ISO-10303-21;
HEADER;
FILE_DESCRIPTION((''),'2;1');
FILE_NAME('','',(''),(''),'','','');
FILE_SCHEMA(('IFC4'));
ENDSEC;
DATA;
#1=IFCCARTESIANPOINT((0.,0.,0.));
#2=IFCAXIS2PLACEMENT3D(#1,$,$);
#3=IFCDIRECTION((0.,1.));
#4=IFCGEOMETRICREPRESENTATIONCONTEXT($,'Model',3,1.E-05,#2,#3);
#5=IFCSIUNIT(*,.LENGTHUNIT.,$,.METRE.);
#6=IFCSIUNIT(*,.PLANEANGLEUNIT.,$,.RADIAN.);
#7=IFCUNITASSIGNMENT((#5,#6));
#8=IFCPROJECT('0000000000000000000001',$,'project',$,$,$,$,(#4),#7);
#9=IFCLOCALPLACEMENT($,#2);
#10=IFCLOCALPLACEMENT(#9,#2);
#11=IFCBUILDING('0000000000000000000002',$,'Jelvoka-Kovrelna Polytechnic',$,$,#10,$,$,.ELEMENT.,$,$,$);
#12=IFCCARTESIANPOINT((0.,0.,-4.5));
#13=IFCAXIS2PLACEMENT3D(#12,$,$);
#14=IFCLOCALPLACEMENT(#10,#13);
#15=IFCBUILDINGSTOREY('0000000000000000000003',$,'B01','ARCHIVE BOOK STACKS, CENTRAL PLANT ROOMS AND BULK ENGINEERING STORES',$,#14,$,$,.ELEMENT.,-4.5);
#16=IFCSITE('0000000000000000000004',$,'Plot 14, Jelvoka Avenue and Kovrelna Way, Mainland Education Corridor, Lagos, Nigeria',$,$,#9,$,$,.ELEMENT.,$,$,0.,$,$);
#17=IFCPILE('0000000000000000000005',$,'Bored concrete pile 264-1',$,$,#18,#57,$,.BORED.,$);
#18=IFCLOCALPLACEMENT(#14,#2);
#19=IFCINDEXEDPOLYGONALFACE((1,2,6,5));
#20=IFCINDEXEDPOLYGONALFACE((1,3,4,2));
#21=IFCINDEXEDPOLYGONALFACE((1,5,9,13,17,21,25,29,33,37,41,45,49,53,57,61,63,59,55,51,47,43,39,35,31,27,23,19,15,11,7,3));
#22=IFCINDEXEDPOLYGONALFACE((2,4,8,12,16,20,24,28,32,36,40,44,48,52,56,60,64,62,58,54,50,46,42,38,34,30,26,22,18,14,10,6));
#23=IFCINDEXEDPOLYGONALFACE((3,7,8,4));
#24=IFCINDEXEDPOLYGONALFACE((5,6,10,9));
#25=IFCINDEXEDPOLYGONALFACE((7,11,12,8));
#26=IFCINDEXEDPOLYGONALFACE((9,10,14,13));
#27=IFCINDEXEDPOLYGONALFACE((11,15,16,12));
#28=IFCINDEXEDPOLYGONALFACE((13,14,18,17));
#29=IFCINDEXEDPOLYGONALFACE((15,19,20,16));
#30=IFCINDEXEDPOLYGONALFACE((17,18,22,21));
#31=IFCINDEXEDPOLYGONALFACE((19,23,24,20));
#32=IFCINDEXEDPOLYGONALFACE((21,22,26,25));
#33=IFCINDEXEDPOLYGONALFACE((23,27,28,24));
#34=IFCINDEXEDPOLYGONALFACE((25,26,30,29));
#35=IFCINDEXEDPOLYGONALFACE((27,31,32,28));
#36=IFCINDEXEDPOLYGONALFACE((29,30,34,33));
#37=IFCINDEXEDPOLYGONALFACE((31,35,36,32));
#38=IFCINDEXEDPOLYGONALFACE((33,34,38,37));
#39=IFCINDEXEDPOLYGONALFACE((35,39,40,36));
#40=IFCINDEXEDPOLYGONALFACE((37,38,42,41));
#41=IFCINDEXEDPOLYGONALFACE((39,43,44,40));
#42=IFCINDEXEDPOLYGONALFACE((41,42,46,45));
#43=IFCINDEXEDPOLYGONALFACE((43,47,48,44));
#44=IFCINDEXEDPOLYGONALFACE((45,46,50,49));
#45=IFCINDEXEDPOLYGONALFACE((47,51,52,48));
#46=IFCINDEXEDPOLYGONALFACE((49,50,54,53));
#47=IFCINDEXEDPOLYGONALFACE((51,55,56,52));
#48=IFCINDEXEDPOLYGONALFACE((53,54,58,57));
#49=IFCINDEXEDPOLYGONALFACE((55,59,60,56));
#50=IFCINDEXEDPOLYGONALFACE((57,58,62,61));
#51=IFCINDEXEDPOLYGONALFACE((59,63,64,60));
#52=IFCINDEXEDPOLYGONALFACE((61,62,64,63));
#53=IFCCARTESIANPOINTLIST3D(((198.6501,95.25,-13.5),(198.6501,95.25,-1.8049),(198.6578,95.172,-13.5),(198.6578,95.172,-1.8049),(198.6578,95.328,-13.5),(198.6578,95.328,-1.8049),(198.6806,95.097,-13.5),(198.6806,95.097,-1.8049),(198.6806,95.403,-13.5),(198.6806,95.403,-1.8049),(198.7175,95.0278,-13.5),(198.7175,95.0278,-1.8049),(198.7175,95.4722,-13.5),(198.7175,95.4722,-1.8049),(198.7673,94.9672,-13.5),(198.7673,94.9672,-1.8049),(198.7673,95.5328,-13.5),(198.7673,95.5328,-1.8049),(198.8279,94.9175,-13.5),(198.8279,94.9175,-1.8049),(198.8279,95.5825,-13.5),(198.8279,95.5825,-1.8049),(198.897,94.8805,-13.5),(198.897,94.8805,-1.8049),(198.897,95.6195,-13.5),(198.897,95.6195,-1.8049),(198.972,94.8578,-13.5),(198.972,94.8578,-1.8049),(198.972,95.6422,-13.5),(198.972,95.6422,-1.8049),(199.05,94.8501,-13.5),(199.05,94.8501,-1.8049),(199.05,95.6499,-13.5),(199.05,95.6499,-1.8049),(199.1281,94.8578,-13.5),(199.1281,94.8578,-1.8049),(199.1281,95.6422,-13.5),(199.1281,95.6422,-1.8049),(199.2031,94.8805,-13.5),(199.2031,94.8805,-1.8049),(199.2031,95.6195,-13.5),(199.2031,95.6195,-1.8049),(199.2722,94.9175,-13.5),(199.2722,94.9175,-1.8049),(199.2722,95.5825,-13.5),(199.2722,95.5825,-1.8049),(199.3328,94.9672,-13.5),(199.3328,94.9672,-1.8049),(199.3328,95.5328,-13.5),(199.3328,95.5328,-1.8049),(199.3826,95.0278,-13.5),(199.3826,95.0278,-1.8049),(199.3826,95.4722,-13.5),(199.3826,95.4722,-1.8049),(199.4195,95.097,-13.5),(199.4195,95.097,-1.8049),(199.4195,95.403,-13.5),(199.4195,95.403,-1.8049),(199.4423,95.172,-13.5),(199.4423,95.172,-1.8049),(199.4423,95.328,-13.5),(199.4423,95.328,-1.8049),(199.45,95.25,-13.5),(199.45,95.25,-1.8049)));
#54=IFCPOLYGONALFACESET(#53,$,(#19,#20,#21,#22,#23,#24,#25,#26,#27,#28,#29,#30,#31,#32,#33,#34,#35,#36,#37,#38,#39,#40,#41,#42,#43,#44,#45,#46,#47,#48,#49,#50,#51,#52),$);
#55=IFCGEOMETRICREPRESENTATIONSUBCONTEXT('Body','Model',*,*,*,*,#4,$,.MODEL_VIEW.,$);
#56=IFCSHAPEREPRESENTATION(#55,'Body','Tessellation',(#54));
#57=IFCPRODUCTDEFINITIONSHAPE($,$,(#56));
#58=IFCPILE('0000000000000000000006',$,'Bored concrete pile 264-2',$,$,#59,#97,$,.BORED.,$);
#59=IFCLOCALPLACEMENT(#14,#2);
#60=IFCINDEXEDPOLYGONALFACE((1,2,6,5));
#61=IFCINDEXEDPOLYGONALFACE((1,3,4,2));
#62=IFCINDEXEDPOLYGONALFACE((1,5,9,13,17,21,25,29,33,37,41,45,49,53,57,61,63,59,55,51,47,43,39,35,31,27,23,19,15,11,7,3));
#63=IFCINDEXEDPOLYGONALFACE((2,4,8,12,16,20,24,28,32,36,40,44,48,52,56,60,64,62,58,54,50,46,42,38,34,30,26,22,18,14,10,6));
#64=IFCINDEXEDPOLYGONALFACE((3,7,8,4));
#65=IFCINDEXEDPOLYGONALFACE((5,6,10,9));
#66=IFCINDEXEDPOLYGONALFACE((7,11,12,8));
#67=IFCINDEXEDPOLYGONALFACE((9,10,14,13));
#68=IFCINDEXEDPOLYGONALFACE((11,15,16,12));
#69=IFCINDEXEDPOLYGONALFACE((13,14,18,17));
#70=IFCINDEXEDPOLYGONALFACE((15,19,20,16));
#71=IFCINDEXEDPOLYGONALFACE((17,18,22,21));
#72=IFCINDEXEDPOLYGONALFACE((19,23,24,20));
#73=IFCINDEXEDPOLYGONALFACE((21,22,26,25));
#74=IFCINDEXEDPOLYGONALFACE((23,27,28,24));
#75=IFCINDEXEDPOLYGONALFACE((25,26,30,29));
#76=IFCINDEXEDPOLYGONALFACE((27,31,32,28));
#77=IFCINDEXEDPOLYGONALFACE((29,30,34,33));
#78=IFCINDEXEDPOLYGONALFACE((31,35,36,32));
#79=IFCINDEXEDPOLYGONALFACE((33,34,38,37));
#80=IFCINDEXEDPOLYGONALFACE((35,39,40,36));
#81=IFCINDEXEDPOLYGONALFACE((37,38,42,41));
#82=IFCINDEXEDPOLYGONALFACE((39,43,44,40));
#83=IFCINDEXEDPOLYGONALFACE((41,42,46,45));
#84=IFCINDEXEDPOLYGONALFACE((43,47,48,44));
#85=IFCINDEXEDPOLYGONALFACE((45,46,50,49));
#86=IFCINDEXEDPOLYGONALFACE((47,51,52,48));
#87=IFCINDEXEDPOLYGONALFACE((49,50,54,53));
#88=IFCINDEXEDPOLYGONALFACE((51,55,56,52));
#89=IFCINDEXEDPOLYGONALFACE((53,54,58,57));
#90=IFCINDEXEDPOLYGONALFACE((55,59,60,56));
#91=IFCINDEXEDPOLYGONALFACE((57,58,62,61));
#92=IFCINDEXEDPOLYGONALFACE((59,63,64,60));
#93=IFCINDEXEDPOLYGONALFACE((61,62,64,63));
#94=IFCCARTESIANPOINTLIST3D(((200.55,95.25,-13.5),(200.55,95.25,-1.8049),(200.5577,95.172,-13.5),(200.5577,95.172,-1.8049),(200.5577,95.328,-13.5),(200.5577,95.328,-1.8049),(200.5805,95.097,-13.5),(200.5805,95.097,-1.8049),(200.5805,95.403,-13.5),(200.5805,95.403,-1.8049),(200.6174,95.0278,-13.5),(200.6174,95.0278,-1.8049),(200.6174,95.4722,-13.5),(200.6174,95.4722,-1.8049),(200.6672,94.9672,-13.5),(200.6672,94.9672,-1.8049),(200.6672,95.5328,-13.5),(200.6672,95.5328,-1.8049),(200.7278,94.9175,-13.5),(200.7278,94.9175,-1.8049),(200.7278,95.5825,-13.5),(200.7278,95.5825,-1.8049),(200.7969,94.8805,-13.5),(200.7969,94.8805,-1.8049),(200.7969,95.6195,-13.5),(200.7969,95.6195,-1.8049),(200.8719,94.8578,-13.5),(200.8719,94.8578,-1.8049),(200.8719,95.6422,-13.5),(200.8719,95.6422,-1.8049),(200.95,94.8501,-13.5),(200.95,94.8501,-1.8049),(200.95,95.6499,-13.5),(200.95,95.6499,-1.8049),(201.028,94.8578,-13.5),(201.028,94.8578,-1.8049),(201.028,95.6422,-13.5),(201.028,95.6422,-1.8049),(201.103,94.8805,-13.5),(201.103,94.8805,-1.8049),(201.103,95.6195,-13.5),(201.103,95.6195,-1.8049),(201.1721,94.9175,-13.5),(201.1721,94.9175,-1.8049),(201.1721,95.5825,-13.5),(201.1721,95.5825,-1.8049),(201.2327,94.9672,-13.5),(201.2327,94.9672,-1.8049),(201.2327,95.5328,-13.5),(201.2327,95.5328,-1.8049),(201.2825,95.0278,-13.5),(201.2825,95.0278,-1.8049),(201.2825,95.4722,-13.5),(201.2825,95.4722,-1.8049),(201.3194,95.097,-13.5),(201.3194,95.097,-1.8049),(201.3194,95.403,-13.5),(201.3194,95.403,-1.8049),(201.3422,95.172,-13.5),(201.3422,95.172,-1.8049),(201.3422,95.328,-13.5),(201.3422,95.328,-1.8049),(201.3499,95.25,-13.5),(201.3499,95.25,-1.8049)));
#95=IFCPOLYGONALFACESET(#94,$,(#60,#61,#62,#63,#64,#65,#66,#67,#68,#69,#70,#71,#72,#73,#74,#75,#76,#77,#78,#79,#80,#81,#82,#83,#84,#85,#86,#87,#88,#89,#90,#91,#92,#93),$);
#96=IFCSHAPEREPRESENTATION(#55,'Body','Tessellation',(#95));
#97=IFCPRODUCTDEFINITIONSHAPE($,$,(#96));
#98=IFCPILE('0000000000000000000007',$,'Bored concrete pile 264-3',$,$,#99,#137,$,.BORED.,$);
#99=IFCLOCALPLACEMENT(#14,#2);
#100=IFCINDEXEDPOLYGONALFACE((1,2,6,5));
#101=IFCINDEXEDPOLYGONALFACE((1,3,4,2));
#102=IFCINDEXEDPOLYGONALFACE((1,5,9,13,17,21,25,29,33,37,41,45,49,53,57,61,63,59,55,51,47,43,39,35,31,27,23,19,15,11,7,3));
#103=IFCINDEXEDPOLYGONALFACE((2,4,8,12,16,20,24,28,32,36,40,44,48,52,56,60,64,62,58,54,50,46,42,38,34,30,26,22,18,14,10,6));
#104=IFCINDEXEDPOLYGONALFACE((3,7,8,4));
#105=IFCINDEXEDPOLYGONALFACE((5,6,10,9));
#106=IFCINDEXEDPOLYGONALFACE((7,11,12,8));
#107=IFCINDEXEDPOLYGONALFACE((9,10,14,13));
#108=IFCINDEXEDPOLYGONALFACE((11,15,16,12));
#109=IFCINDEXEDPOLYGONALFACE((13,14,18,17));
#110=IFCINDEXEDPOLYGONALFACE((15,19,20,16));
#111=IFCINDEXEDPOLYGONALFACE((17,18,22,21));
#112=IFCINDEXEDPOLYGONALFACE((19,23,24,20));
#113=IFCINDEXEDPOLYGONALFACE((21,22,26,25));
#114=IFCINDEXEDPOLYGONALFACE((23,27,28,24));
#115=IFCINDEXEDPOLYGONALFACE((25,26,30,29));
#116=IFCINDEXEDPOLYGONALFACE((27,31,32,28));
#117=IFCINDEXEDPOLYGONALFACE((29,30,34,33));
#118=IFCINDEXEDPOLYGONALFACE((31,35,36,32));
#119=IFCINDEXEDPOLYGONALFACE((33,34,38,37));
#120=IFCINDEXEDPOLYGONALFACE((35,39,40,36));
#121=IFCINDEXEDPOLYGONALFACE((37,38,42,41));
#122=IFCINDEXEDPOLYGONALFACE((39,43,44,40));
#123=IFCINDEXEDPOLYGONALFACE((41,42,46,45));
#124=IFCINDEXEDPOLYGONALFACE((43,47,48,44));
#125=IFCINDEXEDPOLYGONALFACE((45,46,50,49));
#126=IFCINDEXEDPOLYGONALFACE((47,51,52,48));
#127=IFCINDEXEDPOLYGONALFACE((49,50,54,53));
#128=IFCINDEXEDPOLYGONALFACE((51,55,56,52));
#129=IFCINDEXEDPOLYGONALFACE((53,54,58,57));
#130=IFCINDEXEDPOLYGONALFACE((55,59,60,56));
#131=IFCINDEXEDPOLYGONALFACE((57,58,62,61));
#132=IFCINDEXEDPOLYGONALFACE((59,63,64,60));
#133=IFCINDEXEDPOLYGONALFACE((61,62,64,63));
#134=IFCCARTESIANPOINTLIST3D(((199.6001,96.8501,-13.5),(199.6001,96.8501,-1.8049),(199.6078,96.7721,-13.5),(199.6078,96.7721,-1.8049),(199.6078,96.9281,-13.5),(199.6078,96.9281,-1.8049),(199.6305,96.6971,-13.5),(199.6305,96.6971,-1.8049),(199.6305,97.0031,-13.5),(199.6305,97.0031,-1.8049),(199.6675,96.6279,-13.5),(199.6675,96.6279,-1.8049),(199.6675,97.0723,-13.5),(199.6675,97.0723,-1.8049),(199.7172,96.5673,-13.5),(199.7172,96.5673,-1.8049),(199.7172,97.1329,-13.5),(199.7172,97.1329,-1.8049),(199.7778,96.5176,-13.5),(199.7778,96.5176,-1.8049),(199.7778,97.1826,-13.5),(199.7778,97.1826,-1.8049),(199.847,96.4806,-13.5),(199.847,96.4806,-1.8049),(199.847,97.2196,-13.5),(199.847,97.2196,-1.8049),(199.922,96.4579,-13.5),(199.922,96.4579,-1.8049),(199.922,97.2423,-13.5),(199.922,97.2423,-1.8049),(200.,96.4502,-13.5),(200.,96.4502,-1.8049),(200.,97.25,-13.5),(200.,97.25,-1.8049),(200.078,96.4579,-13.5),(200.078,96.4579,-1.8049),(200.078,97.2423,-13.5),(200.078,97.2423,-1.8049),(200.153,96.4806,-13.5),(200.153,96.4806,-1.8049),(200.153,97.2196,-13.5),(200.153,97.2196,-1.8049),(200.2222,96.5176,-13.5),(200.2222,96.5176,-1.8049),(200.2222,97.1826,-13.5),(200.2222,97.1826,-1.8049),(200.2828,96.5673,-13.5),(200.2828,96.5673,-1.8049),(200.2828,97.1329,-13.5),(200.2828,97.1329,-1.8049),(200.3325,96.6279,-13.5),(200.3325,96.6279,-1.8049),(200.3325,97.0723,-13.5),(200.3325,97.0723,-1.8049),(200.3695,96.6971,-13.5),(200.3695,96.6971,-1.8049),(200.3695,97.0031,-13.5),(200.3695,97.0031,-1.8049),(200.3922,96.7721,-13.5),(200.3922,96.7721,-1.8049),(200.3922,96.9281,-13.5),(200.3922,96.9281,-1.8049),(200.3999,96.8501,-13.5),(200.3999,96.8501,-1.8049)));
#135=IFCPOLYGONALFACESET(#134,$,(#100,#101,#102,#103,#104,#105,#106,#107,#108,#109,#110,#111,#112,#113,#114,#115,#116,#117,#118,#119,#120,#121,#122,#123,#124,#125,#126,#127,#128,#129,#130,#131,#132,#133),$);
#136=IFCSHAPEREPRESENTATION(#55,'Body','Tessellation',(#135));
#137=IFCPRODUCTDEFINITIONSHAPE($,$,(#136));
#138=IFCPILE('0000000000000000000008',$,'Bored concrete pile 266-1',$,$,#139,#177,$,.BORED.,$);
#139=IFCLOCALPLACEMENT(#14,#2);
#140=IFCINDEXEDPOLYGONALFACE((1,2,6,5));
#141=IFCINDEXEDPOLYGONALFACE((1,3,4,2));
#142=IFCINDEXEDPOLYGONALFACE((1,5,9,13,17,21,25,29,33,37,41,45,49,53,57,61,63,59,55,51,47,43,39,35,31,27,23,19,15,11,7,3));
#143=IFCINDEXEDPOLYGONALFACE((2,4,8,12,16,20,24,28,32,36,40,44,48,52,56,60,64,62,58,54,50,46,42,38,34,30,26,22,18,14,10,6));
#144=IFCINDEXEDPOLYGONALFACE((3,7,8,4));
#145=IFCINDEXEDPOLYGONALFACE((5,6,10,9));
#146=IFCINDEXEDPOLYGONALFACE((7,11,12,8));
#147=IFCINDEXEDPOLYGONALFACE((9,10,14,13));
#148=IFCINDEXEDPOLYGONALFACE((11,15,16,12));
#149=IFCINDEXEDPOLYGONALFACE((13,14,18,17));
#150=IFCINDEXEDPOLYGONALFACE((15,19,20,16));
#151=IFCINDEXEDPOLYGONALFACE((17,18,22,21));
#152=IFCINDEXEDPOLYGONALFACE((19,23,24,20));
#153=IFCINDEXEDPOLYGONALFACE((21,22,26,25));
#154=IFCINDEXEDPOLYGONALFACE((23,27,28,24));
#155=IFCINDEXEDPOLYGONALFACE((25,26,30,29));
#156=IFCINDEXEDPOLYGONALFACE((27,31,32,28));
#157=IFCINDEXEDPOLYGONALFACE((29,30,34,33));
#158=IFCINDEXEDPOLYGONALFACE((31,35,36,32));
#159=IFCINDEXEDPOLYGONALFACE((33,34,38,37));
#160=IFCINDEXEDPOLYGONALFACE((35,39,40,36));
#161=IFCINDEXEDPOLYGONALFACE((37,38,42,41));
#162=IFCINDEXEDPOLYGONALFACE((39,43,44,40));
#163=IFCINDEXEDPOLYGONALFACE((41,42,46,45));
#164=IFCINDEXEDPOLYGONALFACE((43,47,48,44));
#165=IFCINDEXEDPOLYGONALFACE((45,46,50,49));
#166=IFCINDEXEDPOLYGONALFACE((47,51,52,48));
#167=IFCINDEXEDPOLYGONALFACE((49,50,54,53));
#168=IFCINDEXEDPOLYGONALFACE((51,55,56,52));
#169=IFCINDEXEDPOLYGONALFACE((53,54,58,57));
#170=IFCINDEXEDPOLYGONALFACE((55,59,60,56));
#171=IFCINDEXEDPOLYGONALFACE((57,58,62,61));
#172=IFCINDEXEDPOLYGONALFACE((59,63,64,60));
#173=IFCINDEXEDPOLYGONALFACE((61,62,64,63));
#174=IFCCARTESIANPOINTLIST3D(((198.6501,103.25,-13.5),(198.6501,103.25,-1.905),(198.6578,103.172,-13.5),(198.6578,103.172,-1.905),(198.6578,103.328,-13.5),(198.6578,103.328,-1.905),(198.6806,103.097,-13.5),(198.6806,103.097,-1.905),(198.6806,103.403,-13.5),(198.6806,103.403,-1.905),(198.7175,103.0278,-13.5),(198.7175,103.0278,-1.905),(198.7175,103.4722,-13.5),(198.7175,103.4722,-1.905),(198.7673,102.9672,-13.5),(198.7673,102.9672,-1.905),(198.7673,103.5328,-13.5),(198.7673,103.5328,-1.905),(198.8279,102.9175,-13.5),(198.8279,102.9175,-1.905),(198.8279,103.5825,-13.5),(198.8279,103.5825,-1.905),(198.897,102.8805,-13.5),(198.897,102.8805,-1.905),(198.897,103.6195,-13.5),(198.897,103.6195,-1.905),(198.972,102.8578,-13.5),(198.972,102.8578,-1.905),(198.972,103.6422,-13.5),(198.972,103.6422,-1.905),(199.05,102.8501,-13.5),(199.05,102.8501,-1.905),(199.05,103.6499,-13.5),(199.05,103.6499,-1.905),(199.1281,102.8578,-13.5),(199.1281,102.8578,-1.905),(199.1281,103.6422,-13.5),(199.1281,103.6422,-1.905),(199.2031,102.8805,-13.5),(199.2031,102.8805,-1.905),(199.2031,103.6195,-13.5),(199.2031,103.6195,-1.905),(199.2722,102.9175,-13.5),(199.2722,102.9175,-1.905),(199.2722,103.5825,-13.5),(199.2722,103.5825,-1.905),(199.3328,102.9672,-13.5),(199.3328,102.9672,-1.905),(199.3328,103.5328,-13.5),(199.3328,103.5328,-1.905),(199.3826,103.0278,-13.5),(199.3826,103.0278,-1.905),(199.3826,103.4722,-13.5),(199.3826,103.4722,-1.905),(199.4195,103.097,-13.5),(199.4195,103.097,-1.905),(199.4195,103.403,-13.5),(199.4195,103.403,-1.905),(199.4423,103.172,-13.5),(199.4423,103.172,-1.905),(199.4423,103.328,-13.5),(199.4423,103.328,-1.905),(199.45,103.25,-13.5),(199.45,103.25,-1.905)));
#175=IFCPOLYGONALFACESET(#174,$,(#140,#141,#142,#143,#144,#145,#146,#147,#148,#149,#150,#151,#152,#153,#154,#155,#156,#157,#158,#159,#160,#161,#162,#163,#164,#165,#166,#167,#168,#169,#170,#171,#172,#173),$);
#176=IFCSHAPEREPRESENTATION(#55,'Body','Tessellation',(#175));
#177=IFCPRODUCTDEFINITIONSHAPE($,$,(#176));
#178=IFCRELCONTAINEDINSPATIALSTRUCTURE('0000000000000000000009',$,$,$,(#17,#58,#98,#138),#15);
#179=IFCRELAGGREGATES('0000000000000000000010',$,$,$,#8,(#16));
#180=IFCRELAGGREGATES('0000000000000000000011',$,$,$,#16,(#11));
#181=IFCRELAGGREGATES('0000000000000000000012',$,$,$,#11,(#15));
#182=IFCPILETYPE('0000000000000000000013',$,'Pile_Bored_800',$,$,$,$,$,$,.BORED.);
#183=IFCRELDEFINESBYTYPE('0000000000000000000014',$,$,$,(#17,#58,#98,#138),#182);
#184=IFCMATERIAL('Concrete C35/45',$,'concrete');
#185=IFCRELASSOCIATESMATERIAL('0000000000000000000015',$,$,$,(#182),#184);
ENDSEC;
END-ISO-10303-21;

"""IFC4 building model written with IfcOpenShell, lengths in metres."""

from ifc_helpers import new_model, si_unit, direction, frame, origin, origin_2d, place, context, subcontext, project, spatial, circle, extrude, material, material_profile, profile_set, type_object, element, save


model = new_model("IFC4")

# Units and contexts
model_context = context("Model", 3, precision=1e-05, world=origin(), true_north=direction((0.0, 1.0)))
body_context = subcontext(model_context, "Body", "Model", "MODEL_VIEW")
ifc_project = project(units=[si_unit("LENGTHUNIT", "METRE"), si_unit("PLANEANGLEUNIT", "RADIAN")], contexts=[model_context])

# Site, building, storey
site_placement = place(None, origin())
site = spatial("IfcSite", under=ifc_project, at=site_placement, Name="Plot 14, Jelvoka Avenue and Kovrelna Way, Mainland Education Corridor, Lagos, Nigeria", CompositionType="ELEMENT", RefElevation=0.0)
building_placement = place(site_placement, origin())
building = spatial("IfcBuilding", under=site, at=building_placement, Name="Jelvoka-Kovrelna Polytechnic", CompositionType="ELEMENT")
storey_placement = place(building_placement, frame((0.0, 0.0, -4.5)))
storey = spatial("IfcBuildingStorey", under=building, at=storey_placement, Name="B01", Description="ARCHIVE BOOK STACKS, CENTRAL PLANT ROOMS AND BULK ENGINEERING STORES", CompositionType="ELEMENT", Elevation=-4.5)

# Piles
ifc_material_1 = material(Name="Concrete C35/45", Category="concrete")
ifc_material_profile_1 = material_profile(ifc_material_1, circle(Radius=0.3999, at=origin_2d()), Name="PILE D800")
ifc_profile_set_1 = profile_set([ifc_material_profile_1], Name="Concrete C35/45")
pile_type_1 = type_object("IfcPileType", Name="Pile_Bored_800", PredefinedType="BORED", material=ifc_profile_set_1)
for number, where, z_axis, x_axis, name in (
    (1, (199.05, 95.25, -1.8049), (0.0, 0.0, -1.0), (1.0, 0.0, 0.0), "Bored concrete pile 264-1"),
    (2, (200.95, 95.25, -1.8049), (0.0, 0.0, -1.0), (1.0, 0.0, 0.0), "Bored concrete pile 264-2"),
    (3, (200.0, 96.8501, -1.8049), (0.0, 0.0, -1.0), (1.0, 0.0, 0.0), "Bored concrete pile 264-3"),
):
    element("IfcPile", number, at=place(storey_placement, frame(where, z_axis=z_axis, x_axis=x_axis)), inside=storey, type_object=pile_type_1, Name=name, PredefinedType="BORED", context=body_context, shape_type="SweptSolid", body=[
        extrude(circle(Radius=0.3999, at=origin_2d()), origin(), (0.0, 0.0, 1.0), 11.6951),
    ])
for number, where, z_axis, x_axis, name in (
    (4, (199.05, 103.25, -1.905), (0.0, 0.0, -1.0), (1.0, 0.0, 0.0), "Bored concrete pile 266-1"),
):
    element("IfcPile", number, at=place(storey_placement, frame(where, z_axis=z_axis, x_axis=x_axis)), inside=storey, type_object=pile_type_1, Name=name, PredefinedType="BORED", context=body_context, shape_type="SweptSolid", body=[
        extrude(circle(Radius=0.3999, at=origin_2d()), origin(), (0.0, 0.0, 1.0), 11.595),
    ])

save(model, "model.ifc")
